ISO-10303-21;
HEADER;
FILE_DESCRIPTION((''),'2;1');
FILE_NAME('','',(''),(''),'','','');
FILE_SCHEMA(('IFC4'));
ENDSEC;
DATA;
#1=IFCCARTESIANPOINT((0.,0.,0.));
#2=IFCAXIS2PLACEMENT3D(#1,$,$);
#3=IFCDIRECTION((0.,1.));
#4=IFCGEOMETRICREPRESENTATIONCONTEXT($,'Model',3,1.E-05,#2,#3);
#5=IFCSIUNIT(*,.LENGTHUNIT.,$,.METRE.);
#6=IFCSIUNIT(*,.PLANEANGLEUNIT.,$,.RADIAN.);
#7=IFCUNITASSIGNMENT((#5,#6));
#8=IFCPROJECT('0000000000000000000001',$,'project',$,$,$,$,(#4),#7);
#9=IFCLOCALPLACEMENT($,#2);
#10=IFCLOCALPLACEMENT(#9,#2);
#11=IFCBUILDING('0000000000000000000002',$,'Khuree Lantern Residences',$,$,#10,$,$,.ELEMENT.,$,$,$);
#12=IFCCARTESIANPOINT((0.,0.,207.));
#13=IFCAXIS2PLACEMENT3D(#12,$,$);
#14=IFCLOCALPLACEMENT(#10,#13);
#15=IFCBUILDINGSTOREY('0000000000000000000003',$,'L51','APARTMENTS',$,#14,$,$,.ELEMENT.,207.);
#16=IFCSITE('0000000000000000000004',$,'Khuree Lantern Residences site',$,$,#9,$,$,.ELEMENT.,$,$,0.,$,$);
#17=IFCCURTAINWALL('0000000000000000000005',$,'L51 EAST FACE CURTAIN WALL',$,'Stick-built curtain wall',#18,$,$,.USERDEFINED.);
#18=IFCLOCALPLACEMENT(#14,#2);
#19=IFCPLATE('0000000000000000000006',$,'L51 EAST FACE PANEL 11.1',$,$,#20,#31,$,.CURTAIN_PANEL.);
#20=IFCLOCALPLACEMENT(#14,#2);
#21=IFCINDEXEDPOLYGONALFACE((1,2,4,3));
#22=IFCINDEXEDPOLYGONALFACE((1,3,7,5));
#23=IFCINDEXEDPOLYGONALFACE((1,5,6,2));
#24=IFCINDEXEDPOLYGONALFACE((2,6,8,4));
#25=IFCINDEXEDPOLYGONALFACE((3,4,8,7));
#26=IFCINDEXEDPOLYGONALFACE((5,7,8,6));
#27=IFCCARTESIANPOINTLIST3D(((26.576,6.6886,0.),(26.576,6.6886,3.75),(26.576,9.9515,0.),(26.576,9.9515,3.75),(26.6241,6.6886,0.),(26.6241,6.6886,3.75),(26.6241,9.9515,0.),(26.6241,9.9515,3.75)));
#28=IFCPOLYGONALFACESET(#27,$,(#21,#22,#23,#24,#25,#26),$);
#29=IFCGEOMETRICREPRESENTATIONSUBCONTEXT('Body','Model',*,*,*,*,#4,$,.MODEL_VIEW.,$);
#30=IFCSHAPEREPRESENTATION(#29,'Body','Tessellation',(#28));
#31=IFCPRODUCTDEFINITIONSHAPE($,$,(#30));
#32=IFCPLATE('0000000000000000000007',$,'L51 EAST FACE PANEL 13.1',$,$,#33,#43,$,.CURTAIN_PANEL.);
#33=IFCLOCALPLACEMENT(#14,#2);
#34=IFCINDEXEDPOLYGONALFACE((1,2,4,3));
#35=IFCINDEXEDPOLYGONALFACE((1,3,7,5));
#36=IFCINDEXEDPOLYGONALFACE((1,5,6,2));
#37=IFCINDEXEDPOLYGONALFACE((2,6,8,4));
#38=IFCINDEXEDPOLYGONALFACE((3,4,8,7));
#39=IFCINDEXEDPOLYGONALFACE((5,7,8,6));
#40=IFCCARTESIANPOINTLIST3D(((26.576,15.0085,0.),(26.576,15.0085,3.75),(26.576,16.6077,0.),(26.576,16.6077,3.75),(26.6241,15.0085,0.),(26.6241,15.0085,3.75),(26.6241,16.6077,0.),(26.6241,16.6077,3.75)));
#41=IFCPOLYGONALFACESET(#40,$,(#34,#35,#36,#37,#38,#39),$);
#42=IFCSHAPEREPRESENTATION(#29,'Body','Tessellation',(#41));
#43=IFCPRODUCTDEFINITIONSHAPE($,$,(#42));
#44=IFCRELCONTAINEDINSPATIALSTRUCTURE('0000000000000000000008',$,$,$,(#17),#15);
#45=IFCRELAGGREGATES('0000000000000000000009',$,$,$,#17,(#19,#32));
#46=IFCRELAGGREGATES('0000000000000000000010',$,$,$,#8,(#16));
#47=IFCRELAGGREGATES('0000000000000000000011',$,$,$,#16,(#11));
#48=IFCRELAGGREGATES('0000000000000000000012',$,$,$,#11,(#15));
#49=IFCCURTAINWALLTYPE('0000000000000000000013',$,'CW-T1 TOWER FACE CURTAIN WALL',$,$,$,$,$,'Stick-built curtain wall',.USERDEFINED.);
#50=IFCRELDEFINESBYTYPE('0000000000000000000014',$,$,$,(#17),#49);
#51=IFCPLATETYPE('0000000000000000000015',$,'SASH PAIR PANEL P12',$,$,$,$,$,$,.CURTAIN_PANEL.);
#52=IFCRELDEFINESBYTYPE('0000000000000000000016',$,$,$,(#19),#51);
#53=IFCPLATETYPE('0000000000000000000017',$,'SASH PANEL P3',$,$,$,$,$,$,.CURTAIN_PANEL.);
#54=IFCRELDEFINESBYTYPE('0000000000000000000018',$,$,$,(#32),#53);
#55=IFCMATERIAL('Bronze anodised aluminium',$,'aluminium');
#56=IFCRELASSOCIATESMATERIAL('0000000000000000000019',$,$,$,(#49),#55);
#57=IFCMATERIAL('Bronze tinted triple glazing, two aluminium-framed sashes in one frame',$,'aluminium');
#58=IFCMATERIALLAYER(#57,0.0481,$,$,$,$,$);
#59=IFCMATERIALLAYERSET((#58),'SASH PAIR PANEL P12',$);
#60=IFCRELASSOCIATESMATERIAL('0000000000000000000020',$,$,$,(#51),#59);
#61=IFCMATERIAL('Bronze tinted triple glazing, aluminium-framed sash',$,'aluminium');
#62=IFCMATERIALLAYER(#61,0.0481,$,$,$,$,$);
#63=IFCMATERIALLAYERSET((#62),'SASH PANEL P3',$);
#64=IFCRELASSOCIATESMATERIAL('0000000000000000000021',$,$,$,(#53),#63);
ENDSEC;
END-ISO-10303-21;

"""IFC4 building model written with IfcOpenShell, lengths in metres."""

from ifc_helpers import new_model, si_unit, direction, frame, origin, origin_2d, place, context, subcontext, project, spatial, rectangle, extrude, material, layer, layer_set, type_object, element, aggregate, save


model = new_model("IFC4")

# Units and contexts
model_context = context("Model", 3, precision=1e-05, world=origin(), true_north=direction((0.0, 1.0)))
body_context = subcontext(model_context, "Body", "Model", "MODEL_VIEW")
ifc_project = project(units=[si_unit("LENGTHUNIT", "METRE"), si_unit("PLANEANGLEUNIT", "RADIAN")], contexts=[model_context])

# Site, building, storey
site_placement = place(None, origin())
site = spatial("IfcSite", under=ifc_project, at=site_placement, Name="Khuree Lantern Residences site", CompositionType="ELEMENT", RefElevation=0.0)
building_placement = place(site_placement, origin())
building = spatial("IfcBuilding", under=site, at=building_placement, Name="Khuree Lantern Residences", CompositionType="ELEMENT")
storey_placement = place(building_placement, frame((0.0, 0.0, 207.0)))
storey = spatial("IfcBuildingStorey", under=building, at=storey_placement, Name="L51", Description="APARTMENTS", CompositionType="ELEMENT", Elevation=207.0)

# Curtain wall
ifc_material_1 = material(Name="Bronze anodised aluminium", Category="aluminium")
curtain_wall_type = type_object("IfcCurtainWallType", Name="CW-T1 TOWER FACE CURTAIN WALL", ElementType="Stick-built curtain wall", PredefinedType="USERDEFINED", material=ifc_material_1)
curtain_wall_placement = place(storey_placement, origin())
curtain_wall = element("IfcCurtainWall", 1, at=curtain_wall_placement, inside=storey, type_object=curtain_wall_type, Name="L51 EAST FACE CURTAIN WALL", ObjectType="Stick-built curtain wall", PredefinedType="USERDEFINED")

# Plates
ifc_material_2 = material(Name="Bronze tinted triple glazing, two aluminium-framed sashes in one frame", Category="aluminium")
ifc_layer_1 = layer(ifc_material_2, 0.0481)
ifc_layer_set_1 = layer_set([ifc_layer_1], Name="SASH PAIR PANEL P12")
plate_type_1 = type_object("IfcPlateType", Name="SASH PAIR PANEL P12", PredefinedType="CURTAIN_PANEL", material=ifc_layer_set_1)
plate_1_placement = place(storey_placement, frame((26.6001, 8.3201, 0.0), z_axis=(0.0, 0.0, 1.0), x_axis=(0.0, 1.0, 0.0)))
plate_1 = element("IfcPlate", 2, at=plate_1_placement, type_object=plate_type_1, Name="L51 EAST FACE PANEL 11.1", PredefinedType="CURTAIN_PANEL", context=body_context, shape_type="SweptSolid", body=[
    extrude(rectangle(XDim=3.2629, YDim=0.0481, at=origin_2d()), origin(), (0.0, 0.0, 1.0), 3.75),
])
ifc_material_3 = material(Name="Bronze tinted triple glazing, aluminium-framed sash", Category="aluminium")
ifc_layer_2 = layer(ifc_material_3, 0.0481)
ifc_layer_set_2 = layer_set([ifc_layer_2], Name="SASH PANEL P3")
plate_type_2 = type_object("IfcPlateType", Name="SASH PANEL P3", PredefinedType="CURTAIN_PANEL", material=ifc_layer_set_2)
plate_2_placement = place(storey_placement, frame((26.6001, 15.8081, 0.0), z_axis=(0.0, 0.0, 1.0), x_axis=(0.0, 1.0, 0.0)))
plate_2 = element("IfcPlate", 3, at=plate_2_placement, type_object=plate_type_2, Name="L51 EAST FACE PANEL 13.1", PredefinedType="CURTAIN_PANEL", context=body_context, shape_type="SweptSolid", body=[
    extrude(rectangle(XDim=1.5991, YDim=0.0481, at=origin_2d()), origin(), (0.0, 0.0, 1.0), 3.75),
])
aggregate(curtain_wall, [plate_1, plate_2])

save(model, "model.ifc")
